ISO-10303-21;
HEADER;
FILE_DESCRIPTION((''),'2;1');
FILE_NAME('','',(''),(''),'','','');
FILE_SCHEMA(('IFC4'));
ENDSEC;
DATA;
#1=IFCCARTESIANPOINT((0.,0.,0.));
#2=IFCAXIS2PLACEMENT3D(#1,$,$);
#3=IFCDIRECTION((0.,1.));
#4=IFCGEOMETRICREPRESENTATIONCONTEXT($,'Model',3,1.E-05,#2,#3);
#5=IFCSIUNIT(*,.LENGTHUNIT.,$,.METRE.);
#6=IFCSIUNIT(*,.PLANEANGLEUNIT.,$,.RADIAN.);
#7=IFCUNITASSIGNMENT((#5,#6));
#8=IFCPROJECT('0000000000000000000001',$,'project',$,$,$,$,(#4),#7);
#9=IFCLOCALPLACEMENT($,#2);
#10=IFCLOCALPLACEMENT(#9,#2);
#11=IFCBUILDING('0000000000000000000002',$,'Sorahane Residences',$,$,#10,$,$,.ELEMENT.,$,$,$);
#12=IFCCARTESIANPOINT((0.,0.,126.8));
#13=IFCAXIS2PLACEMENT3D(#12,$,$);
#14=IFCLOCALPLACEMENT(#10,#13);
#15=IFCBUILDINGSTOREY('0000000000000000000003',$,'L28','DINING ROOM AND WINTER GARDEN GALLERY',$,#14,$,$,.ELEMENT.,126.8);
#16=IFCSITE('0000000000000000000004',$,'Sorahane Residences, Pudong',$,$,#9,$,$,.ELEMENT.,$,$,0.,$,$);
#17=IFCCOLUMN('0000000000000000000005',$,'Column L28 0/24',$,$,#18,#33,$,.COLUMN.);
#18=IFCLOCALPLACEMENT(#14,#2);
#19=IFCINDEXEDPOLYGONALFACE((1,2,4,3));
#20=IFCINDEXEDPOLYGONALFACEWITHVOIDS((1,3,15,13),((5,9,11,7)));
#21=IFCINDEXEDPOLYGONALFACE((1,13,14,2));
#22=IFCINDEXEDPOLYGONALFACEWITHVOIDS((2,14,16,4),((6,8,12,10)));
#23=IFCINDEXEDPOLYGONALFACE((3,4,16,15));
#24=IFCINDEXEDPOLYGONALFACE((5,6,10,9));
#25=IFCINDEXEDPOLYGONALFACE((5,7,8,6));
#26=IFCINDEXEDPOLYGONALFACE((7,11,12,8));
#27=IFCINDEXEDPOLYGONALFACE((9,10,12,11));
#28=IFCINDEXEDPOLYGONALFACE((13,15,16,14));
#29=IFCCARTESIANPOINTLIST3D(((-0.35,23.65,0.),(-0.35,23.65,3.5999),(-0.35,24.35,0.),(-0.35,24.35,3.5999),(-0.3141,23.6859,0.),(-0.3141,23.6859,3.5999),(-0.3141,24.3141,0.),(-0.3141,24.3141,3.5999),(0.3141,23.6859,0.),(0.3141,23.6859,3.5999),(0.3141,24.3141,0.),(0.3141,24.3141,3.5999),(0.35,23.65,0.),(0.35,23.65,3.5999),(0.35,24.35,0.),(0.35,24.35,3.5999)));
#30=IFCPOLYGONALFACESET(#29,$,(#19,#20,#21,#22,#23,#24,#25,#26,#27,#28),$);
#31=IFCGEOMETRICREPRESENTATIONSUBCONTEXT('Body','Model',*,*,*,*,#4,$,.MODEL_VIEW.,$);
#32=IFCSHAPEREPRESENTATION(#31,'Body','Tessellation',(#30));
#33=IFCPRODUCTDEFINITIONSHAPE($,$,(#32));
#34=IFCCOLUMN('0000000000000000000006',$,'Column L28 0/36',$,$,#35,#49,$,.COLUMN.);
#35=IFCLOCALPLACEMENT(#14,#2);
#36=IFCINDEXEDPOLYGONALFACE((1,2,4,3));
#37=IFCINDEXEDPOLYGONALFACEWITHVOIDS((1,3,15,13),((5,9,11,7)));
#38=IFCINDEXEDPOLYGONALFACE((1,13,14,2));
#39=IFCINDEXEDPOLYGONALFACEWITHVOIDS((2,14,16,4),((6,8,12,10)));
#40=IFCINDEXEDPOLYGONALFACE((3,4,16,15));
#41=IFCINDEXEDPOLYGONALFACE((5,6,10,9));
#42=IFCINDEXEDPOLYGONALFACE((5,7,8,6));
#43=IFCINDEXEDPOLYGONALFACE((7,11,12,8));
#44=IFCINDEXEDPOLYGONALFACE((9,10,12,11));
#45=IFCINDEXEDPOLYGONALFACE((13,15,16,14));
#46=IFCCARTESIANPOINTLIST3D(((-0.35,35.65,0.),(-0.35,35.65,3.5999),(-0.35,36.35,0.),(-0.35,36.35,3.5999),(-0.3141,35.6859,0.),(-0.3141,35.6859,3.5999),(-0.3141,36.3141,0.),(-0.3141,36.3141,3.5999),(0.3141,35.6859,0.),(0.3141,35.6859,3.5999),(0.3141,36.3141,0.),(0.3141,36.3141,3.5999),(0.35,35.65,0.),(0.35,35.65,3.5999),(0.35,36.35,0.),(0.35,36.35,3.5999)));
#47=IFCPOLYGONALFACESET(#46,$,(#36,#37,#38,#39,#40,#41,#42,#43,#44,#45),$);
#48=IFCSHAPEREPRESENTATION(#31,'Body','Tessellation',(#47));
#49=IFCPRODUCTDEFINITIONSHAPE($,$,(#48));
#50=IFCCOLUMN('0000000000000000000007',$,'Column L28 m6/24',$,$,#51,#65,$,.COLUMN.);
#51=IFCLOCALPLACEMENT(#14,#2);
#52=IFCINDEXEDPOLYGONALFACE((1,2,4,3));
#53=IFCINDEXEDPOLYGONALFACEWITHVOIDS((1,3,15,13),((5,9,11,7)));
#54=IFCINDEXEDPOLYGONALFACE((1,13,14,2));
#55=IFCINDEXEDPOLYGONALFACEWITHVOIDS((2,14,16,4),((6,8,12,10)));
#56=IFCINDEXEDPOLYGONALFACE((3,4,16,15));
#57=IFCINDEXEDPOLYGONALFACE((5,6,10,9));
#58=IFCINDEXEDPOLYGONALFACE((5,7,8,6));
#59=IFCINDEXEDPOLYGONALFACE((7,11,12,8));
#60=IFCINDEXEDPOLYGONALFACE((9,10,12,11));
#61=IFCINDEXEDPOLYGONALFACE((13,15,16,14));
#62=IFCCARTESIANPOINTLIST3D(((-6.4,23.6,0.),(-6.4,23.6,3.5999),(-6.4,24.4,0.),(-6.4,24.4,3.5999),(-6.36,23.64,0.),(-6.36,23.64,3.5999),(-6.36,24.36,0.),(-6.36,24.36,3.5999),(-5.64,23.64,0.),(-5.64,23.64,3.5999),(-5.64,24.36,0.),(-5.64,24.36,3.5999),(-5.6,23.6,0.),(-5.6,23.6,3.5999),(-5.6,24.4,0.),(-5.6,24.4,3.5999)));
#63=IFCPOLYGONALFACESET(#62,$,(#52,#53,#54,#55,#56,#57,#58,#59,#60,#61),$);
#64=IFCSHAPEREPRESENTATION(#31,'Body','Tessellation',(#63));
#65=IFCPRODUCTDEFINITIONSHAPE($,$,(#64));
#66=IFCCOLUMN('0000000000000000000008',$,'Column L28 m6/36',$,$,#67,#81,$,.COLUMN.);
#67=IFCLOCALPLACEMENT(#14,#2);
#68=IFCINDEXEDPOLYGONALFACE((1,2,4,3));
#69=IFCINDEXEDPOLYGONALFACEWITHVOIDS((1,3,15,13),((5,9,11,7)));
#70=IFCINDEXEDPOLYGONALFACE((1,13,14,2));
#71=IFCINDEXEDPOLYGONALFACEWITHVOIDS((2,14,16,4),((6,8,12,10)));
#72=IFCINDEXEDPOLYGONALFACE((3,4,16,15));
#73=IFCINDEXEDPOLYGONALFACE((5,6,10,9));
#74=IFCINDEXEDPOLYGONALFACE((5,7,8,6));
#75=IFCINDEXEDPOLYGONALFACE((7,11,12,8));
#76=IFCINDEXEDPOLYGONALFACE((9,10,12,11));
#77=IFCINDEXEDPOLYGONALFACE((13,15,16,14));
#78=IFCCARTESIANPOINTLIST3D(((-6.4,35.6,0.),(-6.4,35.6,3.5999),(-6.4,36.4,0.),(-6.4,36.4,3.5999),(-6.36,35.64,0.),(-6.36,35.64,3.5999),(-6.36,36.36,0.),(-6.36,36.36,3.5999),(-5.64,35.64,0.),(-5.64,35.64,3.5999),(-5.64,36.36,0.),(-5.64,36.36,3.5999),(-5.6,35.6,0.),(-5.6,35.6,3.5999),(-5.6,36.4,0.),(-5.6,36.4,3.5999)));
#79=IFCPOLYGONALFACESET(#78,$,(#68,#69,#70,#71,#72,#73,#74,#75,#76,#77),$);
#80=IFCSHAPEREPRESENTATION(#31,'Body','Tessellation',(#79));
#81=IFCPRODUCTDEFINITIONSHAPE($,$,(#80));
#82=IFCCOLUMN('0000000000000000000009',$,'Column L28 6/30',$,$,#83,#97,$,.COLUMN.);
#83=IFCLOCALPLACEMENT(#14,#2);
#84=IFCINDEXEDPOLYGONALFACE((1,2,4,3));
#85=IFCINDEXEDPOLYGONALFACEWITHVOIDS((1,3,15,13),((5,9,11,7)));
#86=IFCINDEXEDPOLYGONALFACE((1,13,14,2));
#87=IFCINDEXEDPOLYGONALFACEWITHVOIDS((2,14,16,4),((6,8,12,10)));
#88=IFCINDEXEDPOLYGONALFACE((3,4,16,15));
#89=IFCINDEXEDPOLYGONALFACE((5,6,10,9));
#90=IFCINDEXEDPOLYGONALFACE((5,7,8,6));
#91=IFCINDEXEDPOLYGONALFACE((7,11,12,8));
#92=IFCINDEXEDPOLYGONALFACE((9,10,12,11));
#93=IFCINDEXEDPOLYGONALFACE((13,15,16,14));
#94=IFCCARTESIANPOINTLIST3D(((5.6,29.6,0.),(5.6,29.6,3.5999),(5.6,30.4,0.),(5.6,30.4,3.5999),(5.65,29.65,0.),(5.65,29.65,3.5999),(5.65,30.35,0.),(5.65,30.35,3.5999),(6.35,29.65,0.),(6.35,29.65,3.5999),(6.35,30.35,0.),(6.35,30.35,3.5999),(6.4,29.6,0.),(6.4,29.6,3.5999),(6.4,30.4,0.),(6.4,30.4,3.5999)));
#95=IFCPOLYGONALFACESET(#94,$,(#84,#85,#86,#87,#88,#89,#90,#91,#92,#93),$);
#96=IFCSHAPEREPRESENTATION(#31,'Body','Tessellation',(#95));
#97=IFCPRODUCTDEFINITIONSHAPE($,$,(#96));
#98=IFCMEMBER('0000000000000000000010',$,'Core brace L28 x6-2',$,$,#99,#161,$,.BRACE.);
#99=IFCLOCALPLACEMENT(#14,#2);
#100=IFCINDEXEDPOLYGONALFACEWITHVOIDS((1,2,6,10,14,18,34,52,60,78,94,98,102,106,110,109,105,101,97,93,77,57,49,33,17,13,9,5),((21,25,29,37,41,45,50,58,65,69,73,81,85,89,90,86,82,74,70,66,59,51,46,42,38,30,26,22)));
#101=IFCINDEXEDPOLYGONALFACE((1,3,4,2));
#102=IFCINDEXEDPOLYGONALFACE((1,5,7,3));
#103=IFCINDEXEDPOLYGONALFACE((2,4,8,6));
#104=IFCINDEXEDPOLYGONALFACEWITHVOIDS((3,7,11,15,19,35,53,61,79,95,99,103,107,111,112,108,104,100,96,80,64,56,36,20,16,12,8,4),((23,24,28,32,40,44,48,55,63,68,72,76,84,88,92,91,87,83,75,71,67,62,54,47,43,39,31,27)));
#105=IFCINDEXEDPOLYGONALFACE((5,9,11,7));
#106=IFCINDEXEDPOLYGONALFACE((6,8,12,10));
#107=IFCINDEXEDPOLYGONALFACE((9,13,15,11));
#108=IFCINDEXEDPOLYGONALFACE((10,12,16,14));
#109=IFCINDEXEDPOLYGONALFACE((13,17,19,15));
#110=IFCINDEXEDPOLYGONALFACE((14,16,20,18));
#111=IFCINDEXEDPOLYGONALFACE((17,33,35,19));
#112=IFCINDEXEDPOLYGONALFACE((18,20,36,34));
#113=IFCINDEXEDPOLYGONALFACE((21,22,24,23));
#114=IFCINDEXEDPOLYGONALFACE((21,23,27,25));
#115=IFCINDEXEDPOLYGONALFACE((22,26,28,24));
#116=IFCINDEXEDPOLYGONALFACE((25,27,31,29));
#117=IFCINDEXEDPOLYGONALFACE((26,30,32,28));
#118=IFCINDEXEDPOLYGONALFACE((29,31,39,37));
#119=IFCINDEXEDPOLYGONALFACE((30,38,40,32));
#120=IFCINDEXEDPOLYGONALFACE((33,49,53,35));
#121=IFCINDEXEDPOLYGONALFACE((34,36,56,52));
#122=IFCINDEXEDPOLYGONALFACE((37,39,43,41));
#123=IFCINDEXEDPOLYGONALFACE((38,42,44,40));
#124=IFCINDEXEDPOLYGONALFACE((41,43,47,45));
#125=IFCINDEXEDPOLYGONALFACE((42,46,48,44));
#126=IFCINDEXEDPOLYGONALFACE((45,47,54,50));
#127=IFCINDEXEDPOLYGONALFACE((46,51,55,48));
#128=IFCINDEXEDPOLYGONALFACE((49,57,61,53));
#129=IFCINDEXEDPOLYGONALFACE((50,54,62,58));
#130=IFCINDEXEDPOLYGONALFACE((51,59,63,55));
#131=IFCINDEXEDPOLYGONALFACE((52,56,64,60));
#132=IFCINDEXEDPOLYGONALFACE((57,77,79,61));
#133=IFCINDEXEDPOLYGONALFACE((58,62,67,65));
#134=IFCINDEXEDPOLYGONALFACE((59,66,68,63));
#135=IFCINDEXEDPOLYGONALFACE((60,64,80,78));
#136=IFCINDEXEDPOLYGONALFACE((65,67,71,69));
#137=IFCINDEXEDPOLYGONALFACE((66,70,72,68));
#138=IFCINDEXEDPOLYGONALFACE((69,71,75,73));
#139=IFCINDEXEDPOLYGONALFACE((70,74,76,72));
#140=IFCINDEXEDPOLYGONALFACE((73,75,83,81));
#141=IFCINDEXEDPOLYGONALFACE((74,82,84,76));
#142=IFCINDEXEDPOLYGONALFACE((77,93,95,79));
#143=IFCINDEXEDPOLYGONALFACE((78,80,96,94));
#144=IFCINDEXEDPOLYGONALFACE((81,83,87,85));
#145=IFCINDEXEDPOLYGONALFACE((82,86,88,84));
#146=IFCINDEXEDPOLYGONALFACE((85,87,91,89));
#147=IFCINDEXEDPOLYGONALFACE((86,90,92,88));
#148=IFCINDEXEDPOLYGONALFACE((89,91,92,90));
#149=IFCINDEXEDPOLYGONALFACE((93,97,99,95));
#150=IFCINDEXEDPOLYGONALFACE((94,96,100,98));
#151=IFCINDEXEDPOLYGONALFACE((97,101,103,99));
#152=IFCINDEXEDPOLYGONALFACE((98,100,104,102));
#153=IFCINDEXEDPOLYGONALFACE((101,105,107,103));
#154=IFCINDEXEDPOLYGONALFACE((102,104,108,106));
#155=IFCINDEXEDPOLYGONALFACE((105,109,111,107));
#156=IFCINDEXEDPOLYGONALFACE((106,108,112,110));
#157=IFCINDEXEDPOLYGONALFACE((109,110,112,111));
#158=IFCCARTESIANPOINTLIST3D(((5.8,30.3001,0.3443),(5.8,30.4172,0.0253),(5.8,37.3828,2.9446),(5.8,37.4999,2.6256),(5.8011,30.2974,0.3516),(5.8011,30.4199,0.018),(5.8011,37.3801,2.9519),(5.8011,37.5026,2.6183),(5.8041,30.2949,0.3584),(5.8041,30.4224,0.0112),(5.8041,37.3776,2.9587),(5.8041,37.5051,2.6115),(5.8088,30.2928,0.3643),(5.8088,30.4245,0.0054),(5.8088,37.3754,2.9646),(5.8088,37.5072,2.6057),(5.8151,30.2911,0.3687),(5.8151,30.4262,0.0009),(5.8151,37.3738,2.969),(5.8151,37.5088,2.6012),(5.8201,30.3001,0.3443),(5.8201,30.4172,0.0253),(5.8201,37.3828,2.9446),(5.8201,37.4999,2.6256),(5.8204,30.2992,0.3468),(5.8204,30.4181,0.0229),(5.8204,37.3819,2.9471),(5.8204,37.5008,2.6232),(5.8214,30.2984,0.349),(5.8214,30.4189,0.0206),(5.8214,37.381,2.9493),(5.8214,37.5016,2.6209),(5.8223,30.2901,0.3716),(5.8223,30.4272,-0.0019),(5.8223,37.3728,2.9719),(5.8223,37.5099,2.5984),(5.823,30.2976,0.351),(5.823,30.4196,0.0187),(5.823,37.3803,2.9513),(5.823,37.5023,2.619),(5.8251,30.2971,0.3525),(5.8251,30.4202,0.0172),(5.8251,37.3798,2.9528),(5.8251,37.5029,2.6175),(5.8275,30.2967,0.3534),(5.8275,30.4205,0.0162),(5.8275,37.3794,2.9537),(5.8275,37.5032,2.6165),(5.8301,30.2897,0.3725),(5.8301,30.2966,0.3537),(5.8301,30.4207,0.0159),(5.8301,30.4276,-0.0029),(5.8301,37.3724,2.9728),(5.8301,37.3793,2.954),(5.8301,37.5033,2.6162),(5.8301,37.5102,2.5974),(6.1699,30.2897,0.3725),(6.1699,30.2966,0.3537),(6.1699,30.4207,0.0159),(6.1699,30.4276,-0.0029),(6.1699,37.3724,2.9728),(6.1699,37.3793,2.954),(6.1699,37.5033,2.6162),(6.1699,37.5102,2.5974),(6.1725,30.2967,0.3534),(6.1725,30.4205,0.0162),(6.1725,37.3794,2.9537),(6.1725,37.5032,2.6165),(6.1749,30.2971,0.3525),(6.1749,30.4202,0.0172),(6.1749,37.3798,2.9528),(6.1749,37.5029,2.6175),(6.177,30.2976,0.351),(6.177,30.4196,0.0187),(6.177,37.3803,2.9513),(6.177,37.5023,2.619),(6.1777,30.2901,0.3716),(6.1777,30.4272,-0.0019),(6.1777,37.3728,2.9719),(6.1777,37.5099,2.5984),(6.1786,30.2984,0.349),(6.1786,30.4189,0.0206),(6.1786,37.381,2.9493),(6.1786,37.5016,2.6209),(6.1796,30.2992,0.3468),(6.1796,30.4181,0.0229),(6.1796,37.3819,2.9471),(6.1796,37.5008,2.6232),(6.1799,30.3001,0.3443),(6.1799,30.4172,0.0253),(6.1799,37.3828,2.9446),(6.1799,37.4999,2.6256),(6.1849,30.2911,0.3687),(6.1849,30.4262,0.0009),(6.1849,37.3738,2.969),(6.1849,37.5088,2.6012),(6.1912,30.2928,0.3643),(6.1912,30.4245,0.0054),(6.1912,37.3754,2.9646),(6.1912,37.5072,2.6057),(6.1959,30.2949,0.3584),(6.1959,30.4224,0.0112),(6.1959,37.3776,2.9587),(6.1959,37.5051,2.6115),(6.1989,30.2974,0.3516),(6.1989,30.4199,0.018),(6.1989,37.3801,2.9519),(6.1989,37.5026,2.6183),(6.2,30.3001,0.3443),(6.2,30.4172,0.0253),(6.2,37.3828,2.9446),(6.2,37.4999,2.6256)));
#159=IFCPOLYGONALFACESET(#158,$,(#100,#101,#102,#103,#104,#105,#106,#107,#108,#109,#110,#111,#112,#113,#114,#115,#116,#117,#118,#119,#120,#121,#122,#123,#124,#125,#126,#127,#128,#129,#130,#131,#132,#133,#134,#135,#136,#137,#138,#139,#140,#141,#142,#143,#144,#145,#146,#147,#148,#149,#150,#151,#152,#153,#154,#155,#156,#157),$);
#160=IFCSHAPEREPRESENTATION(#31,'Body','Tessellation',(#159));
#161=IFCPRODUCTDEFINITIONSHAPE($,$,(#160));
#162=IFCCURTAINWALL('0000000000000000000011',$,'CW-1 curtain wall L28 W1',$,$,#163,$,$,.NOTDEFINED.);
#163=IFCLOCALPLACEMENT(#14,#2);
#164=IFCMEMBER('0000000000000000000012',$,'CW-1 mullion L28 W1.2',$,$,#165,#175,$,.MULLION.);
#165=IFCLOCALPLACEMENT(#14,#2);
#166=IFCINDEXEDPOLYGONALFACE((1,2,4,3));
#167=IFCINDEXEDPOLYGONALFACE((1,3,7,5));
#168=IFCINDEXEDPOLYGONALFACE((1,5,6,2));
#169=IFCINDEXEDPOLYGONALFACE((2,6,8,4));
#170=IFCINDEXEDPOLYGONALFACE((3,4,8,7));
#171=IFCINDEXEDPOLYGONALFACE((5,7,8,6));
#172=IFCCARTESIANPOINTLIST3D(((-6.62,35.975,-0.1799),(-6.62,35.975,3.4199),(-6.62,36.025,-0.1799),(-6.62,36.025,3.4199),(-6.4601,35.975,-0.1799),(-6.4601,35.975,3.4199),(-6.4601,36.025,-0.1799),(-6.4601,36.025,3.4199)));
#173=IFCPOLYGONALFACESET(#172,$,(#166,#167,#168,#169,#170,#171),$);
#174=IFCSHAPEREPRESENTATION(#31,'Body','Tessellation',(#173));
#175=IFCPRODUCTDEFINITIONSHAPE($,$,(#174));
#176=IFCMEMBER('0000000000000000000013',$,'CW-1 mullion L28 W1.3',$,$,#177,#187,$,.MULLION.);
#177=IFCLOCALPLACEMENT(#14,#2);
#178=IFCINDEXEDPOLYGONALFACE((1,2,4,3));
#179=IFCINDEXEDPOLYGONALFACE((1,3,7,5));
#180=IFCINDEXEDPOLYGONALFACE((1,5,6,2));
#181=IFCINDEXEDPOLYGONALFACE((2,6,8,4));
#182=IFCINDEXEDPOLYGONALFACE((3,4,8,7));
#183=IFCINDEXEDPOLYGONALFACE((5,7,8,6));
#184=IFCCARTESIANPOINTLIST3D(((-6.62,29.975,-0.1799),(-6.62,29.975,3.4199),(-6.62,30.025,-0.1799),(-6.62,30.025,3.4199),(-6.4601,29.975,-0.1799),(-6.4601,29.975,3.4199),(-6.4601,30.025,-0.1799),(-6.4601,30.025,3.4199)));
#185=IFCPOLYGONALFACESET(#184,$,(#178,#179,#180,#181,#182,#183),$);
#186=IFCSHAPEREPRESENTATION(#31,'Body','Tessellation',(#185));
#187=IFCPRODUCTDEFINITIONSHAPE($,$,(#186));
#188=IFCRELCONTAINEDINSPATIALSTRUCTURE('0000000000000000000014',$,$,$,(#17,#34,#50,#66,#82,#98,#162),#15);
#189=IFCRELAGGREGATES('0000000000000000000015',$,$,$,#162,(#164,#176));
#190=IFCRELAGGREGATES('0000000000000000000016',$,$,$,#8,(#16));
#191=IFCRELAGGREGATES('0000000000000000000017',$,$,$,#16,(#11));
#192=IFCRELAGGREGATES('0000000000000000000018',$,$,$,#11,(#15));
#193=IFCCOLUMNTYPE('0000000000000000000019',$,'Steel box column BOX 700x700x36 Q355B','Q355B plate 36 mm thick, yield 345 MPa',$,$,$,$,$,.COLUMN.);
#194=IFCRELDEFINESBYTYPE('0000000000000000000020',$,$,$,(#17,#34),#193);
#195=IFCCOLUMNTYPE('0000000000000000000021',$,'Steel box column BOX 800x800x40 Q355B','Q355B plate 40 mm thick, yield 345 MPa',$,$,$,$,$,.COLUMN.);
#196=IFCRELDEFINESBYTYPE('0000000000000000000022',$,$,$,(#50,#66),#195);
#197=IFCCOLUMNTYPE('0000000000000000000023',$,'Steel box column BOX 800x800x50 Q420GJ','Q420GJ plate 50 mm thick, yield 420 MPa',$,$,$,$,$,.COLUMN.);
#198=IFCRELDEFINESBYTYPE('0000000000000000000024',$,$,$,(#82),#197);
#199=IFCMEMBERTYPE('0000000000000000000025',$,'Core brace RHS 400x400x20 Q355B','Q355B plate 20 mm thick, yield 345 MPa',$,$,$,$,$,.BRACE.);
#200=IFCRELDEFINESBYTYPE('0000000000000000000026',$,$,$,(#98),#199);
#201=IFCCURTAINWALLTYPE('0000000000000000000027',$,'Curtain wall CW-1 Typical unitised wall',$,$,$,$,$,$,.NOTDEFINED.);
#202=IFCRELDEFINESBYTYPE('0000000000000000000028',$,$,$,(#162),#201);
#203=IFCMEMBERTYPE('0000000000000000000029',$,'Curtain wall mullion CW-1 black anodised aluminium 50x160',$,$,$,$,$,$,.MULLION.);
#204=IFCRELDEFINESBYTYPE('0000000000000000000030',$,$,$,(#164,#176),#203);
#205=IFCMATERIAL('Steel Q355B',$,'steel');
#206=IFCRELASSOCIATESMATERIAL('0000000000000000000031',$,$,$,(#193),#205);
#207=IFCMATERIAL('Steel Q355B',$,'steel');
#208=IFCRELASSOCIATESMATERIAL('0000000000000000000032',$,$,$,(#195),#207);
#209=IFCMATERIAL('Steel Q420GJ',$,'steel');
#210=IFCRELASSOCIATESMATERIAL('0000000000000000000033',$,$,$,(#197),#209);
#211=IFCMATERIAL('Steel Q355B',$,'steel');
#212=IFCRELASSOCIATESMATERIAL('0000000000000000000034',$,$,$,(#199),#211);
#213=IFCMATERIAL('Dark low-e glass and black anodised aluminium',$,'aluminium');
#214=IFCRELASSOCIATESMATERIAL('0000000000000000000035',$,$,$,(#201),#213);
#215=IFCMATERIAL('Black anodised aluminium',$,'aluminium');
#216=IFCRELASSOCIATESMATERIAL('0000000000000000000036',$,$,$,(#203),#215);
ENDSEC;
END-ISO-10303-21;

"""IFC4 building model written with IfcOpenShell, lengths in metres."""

from ifc_helpers import new_model, si_unit, direction, frame, origin, origin_2d, place, context, subcontext, project, spatial, rectangle, hollow_rectangle, extrude, material, material_profile, profile_set, type_object, element, aggregate, save


model = new_model("IFC4")

# Units and contexts
model_context = context("Model", 3, precision=1e-05, world=origin(), true_north=direction((0.0, 1.0)))
body_context = subcontext(model_context, "Body", "Model", "MODEL_VIEW")
ifc_project = project(units=[si_unit("LENGTHUNIT", "METRE"), si_unit("PLANEANGLEUNIT", "RADIAN")], contexts=[model_context])

# Site, building, storey
site_placement = place(None, origin())
site = spatial("IfcSite", under=ifc_project, at=site_placement, Name="Sorahane Residences, Pudong", CompositionType="ELEMENT", RefElevation=0.0)
building_placement = place(site_placement, origin())
building = spatial("IfcBuilding", under=site, at=building_placement, Name="Sorahane Residences", CompositionType="ELEMENT")
storey_placement = place(building_placement, frame((0.0, 0.0, 126.8)))
storey = spatial("IfcBuildingStorey", under=building, at=storey_placement, Name="L28", Description="DINING ROOM AND WINTER GARDEN GALLERY", CompositionType="ELEMENT", Elevation=126.8)

# Columns
ifc_material_1 = material(Name="Steel Q355B", Category="steel")
ifc_material_profile_1 = material_profile(ifc_material_1, hollow_rectangle(XDim=0.7, YDim=0.7, WallThickness=0.0359, at=origin_2d()), Name="BOX 700x700x36")
ifc_profile_set_1 = profile_set([ifc_material_profile_1], Name="Steel Q355B")
column_type_1 = type_object("IfcColumnType", Name="Steel box column BOX 700x700x36 Q355B", Description="Q355B plate 36 mm thick, yield 345 MPa", PredefinedType="COLUMN", material=ifc_profile_set_1)
for number, where, z_axis, x_axis, name in (
    (1, (0.0, 24.0, 0.0), (0.0, 0.0, 1.0), (1.0, 0.0, 0.0), "Column L28 0/24"),
    (2, (0.0, 36.0, 0.0), (0.0, 0.0, 1.0), (1.0, 0.0, 0.0), "Column L28 0/36"),
):
    element("IfcColumn", number, at=place(storey_placement, frame(where, z_axis=z_axis, x_axis=x_axis)), inside=storey, type_object=column_type_1, Name=name, PredefinedType="COLUMN", context=body_context, shape_type="SweptSolid", body=[
        extrude(hollow_rectangle(XDim=0.7, YDim=0.7, WallThickness=0.0359, at=origin_2d()), origin(), (0.0, 0.0, 1.0), 3.5999),
    ])
ifc_material_2 = material(Name="Steel Q355B", Category="steel")
ifc_material_profile_2 = material_profile(ifc_material_2, hollow_rectangle(XDim=0.8, YDim=0.8, WallThickness=0.04, at=origin_2d()), Name="BOX 800x800x40")
ifc_profile_set_2 = profile_set([ifc_material_profile_2], Name="Steel Q355B")
column_type_2 = type_object("IfcColumnType", Name="Steel box column BOX 800x800x40 Q355B", Description="Q355B plate 40 mm thick, yield 345 MPa", PredefinedType="COLUMN", material=ifc_profile_set_2)
for number, where, z_axis, x_axis, name in (
    (3, (-6.0, 24.0, 0.0), (0.0, 0.0, 1.0), (1.0, 0.0, 0.0), "Column L28 m6/24"),
    (4, (-6.0, 36.0, 0.0), (0.0, 0.0, 1.0), (1.0, 0.0, 0.0), "Column L28 m6/36"),
):
    element("IfcColumn", number, at=place(storey_placement, frame(where, z_axis=z_axis, x_axis=x_axis)), inside=storey, type_object=column_type_2, Name=name, PredefinedType="COLUMN", context=body_context, shape_type="SweptSolid", body=[
        extrude(hollow_rectangle(XDim=0.8, YDim=0.8, WallThickness=0.04, at=origin_2d()), origin(), (0.0, 0.0, 1.0), 3.5999),
    ])
ifc_material_3 = material(Name="Steel Q420GJ", Category="steel")
ifc_material_profile_3 = material_profile(ifc_material_3, hollow_rectangle(XDim=0.8, YDim=0.8, WallThickness=0.05, at=origin_2d()), Name="BOX 800x800x50")
ifc_profile_set_3 = profile_set([ifc_material_profile_3], Name="Steel Q420GJ")
column_type_3 = type_object("IfcColumnType", Name="Steel box column BOX 800x800x50 Q420GJ", Description="Q420GJ plate 50 mm thick, yield 420 MPa", PredefinedType="COLUMN", material=ifc_profile_set_3)
column_placement = place(storey_placement, frame((6.0, 30.0, 0.0), z_axis=(0.0, 0.0, 1.0), x_axis=(1.0, 0.0, 0.0)))
element("IfcColumn", 5, at=column_placement, inside=storey, type_object=column_type_3, Name="Column L28 6/30", PredefinedType="COLUMN", context=body_context, shape_type="SweptSolid", body=[
    extrude(hollow_rectangle(XDim=0.8, YDim=0.8, WallThickness=0.05, at=origin_2d()), origin(), (0.0, 0.0, 1.0), 3.5999),
])

# Member
ifc_material_4 = material(Name="Steel Q355B", Category="steel")
ifc_material_profile_4 = material_profile(ifc_material_4, hollow_rectangle(XDim=0.3999, YDim=0.3999, WallThickness=0.02, InnerFilletRadius=0.01, OuterFilletRadius=0.03, at=origin_2d()), Name="RHS 400x400x20")
ifc_profile_set_4 = profile_set([ifc_material_profile_4], Name="Steel Q355B")
member_type_1 = type_object("IfcMemberType", Name="Core brace RHS 400x400x20 Q355B", Description="Q355B plate 20 mm thick, yield 345 MPa", PredefinedType="BRACE", material=ifc_profile_set_4)
member_1_placement = place(storey_placement, frame((6.0, 30.3586, 0.1848), z_axis=(0.0, 0.938734, 0.344643), x_axis=(-1.0, 0.0, 0.0)))
element("IfcMember", 6, at=member_1_placement, inside=storey, type_object=member_type_1, Name="Core brace L28 x6-2", PredefinedType="BRACE", context=body_context, shape_type="SweptSolid", body=[
    extrude(hollow_rectangle(XDim=0.3999, YDim=0.3999, WallThickness=0.02, InnerFilletRadius=0.01, OuterFilletRadius=0.03, at=origin_2d()), origin(), (0.0, 0.0, 1.0), 7.5449),
])

# Curtain wall, members
ifc_material_5 = material(Name="Dark low-e glass and black anodised aluminium", Category="aluminium")
curtain_wall_type = type_object("IfcCurtainWallType", Name="Curtain wall CW-1 Typical unitised wall", PredefinedType="NOTDEFINED", material=ifc_material_5)
curtain_wall_placement = place(storey_placement, origin())
curtain_wall = element("IfcCurtainWall", 7, at=curtain_wall_placement, inside=storey, type_object=curtain_wall_type, Name="CW-1 curtain wall L28 W1", PredefinedType="NOTDEFINED")
ifc_material_6 = material(Name="Black anodised aluminium", Category="aluminium")
ifc_material_profile_5 = material_profile(ifc_material_6, rectangle(XDim=0.1599, YDim=0.05, at=origin_2d()), Name="Curtain wall mullion CW-1 black anodised aluminium 50x160")
ifc_profile_set_5 = profile_set([ifc_material_profile_5], Name="Black anodised aluminium")
member_type_2 = type_object("IfcMemberType", Name="Curtain wall mullion CW-1 black anodised aluminium 50x160", PredefinedType="MULLION", material=ifc_profile_set_5)
member_2_placement = place(storey_placement, frame((-6.54, 36.0, -0.1799), z_axis=(0.0, 0.0, 1.0), x_axis=(-1.0, 0.0, 0.0)))
member_2 = element("IfcMember", 8, at=member_2_placement, type_object=member_type_2, Name="CW-1 mullion L28 W1.2", PredefinedType="MULLION", context=body_context, shape_type="SweptSolid", body=[
    extrude(rectangle(XDim=0.1599, YDim=0.05, at=origin_2d()), origin(), (0.0, 0.0, 1.0), 3.5999),
])
member_3_placement = place(storey_placement, frame((-6.54, 30.0, -0.1799), z_axis=(0.0, 0.0, 1.0), x_axis=(-1.0, 0.0, 0.0)))
member_3 = element("IfcMember", 9, at=member_3_placement, type_object=member_type_2, Name="CW-1 mullion L28 W1.3", PredefinedType="MULLION", context=body_context, shape_type="SweptSolid", body=[
    extrude(rectangle(XDim=0.1599, YDim=0.05, at=origin_2d()), origin(), (0.0, 0.0, 1.0), 3.5999),
])

aggregate(curtain_wall, [member_2, member_3])

save(model, "model.ifc")
